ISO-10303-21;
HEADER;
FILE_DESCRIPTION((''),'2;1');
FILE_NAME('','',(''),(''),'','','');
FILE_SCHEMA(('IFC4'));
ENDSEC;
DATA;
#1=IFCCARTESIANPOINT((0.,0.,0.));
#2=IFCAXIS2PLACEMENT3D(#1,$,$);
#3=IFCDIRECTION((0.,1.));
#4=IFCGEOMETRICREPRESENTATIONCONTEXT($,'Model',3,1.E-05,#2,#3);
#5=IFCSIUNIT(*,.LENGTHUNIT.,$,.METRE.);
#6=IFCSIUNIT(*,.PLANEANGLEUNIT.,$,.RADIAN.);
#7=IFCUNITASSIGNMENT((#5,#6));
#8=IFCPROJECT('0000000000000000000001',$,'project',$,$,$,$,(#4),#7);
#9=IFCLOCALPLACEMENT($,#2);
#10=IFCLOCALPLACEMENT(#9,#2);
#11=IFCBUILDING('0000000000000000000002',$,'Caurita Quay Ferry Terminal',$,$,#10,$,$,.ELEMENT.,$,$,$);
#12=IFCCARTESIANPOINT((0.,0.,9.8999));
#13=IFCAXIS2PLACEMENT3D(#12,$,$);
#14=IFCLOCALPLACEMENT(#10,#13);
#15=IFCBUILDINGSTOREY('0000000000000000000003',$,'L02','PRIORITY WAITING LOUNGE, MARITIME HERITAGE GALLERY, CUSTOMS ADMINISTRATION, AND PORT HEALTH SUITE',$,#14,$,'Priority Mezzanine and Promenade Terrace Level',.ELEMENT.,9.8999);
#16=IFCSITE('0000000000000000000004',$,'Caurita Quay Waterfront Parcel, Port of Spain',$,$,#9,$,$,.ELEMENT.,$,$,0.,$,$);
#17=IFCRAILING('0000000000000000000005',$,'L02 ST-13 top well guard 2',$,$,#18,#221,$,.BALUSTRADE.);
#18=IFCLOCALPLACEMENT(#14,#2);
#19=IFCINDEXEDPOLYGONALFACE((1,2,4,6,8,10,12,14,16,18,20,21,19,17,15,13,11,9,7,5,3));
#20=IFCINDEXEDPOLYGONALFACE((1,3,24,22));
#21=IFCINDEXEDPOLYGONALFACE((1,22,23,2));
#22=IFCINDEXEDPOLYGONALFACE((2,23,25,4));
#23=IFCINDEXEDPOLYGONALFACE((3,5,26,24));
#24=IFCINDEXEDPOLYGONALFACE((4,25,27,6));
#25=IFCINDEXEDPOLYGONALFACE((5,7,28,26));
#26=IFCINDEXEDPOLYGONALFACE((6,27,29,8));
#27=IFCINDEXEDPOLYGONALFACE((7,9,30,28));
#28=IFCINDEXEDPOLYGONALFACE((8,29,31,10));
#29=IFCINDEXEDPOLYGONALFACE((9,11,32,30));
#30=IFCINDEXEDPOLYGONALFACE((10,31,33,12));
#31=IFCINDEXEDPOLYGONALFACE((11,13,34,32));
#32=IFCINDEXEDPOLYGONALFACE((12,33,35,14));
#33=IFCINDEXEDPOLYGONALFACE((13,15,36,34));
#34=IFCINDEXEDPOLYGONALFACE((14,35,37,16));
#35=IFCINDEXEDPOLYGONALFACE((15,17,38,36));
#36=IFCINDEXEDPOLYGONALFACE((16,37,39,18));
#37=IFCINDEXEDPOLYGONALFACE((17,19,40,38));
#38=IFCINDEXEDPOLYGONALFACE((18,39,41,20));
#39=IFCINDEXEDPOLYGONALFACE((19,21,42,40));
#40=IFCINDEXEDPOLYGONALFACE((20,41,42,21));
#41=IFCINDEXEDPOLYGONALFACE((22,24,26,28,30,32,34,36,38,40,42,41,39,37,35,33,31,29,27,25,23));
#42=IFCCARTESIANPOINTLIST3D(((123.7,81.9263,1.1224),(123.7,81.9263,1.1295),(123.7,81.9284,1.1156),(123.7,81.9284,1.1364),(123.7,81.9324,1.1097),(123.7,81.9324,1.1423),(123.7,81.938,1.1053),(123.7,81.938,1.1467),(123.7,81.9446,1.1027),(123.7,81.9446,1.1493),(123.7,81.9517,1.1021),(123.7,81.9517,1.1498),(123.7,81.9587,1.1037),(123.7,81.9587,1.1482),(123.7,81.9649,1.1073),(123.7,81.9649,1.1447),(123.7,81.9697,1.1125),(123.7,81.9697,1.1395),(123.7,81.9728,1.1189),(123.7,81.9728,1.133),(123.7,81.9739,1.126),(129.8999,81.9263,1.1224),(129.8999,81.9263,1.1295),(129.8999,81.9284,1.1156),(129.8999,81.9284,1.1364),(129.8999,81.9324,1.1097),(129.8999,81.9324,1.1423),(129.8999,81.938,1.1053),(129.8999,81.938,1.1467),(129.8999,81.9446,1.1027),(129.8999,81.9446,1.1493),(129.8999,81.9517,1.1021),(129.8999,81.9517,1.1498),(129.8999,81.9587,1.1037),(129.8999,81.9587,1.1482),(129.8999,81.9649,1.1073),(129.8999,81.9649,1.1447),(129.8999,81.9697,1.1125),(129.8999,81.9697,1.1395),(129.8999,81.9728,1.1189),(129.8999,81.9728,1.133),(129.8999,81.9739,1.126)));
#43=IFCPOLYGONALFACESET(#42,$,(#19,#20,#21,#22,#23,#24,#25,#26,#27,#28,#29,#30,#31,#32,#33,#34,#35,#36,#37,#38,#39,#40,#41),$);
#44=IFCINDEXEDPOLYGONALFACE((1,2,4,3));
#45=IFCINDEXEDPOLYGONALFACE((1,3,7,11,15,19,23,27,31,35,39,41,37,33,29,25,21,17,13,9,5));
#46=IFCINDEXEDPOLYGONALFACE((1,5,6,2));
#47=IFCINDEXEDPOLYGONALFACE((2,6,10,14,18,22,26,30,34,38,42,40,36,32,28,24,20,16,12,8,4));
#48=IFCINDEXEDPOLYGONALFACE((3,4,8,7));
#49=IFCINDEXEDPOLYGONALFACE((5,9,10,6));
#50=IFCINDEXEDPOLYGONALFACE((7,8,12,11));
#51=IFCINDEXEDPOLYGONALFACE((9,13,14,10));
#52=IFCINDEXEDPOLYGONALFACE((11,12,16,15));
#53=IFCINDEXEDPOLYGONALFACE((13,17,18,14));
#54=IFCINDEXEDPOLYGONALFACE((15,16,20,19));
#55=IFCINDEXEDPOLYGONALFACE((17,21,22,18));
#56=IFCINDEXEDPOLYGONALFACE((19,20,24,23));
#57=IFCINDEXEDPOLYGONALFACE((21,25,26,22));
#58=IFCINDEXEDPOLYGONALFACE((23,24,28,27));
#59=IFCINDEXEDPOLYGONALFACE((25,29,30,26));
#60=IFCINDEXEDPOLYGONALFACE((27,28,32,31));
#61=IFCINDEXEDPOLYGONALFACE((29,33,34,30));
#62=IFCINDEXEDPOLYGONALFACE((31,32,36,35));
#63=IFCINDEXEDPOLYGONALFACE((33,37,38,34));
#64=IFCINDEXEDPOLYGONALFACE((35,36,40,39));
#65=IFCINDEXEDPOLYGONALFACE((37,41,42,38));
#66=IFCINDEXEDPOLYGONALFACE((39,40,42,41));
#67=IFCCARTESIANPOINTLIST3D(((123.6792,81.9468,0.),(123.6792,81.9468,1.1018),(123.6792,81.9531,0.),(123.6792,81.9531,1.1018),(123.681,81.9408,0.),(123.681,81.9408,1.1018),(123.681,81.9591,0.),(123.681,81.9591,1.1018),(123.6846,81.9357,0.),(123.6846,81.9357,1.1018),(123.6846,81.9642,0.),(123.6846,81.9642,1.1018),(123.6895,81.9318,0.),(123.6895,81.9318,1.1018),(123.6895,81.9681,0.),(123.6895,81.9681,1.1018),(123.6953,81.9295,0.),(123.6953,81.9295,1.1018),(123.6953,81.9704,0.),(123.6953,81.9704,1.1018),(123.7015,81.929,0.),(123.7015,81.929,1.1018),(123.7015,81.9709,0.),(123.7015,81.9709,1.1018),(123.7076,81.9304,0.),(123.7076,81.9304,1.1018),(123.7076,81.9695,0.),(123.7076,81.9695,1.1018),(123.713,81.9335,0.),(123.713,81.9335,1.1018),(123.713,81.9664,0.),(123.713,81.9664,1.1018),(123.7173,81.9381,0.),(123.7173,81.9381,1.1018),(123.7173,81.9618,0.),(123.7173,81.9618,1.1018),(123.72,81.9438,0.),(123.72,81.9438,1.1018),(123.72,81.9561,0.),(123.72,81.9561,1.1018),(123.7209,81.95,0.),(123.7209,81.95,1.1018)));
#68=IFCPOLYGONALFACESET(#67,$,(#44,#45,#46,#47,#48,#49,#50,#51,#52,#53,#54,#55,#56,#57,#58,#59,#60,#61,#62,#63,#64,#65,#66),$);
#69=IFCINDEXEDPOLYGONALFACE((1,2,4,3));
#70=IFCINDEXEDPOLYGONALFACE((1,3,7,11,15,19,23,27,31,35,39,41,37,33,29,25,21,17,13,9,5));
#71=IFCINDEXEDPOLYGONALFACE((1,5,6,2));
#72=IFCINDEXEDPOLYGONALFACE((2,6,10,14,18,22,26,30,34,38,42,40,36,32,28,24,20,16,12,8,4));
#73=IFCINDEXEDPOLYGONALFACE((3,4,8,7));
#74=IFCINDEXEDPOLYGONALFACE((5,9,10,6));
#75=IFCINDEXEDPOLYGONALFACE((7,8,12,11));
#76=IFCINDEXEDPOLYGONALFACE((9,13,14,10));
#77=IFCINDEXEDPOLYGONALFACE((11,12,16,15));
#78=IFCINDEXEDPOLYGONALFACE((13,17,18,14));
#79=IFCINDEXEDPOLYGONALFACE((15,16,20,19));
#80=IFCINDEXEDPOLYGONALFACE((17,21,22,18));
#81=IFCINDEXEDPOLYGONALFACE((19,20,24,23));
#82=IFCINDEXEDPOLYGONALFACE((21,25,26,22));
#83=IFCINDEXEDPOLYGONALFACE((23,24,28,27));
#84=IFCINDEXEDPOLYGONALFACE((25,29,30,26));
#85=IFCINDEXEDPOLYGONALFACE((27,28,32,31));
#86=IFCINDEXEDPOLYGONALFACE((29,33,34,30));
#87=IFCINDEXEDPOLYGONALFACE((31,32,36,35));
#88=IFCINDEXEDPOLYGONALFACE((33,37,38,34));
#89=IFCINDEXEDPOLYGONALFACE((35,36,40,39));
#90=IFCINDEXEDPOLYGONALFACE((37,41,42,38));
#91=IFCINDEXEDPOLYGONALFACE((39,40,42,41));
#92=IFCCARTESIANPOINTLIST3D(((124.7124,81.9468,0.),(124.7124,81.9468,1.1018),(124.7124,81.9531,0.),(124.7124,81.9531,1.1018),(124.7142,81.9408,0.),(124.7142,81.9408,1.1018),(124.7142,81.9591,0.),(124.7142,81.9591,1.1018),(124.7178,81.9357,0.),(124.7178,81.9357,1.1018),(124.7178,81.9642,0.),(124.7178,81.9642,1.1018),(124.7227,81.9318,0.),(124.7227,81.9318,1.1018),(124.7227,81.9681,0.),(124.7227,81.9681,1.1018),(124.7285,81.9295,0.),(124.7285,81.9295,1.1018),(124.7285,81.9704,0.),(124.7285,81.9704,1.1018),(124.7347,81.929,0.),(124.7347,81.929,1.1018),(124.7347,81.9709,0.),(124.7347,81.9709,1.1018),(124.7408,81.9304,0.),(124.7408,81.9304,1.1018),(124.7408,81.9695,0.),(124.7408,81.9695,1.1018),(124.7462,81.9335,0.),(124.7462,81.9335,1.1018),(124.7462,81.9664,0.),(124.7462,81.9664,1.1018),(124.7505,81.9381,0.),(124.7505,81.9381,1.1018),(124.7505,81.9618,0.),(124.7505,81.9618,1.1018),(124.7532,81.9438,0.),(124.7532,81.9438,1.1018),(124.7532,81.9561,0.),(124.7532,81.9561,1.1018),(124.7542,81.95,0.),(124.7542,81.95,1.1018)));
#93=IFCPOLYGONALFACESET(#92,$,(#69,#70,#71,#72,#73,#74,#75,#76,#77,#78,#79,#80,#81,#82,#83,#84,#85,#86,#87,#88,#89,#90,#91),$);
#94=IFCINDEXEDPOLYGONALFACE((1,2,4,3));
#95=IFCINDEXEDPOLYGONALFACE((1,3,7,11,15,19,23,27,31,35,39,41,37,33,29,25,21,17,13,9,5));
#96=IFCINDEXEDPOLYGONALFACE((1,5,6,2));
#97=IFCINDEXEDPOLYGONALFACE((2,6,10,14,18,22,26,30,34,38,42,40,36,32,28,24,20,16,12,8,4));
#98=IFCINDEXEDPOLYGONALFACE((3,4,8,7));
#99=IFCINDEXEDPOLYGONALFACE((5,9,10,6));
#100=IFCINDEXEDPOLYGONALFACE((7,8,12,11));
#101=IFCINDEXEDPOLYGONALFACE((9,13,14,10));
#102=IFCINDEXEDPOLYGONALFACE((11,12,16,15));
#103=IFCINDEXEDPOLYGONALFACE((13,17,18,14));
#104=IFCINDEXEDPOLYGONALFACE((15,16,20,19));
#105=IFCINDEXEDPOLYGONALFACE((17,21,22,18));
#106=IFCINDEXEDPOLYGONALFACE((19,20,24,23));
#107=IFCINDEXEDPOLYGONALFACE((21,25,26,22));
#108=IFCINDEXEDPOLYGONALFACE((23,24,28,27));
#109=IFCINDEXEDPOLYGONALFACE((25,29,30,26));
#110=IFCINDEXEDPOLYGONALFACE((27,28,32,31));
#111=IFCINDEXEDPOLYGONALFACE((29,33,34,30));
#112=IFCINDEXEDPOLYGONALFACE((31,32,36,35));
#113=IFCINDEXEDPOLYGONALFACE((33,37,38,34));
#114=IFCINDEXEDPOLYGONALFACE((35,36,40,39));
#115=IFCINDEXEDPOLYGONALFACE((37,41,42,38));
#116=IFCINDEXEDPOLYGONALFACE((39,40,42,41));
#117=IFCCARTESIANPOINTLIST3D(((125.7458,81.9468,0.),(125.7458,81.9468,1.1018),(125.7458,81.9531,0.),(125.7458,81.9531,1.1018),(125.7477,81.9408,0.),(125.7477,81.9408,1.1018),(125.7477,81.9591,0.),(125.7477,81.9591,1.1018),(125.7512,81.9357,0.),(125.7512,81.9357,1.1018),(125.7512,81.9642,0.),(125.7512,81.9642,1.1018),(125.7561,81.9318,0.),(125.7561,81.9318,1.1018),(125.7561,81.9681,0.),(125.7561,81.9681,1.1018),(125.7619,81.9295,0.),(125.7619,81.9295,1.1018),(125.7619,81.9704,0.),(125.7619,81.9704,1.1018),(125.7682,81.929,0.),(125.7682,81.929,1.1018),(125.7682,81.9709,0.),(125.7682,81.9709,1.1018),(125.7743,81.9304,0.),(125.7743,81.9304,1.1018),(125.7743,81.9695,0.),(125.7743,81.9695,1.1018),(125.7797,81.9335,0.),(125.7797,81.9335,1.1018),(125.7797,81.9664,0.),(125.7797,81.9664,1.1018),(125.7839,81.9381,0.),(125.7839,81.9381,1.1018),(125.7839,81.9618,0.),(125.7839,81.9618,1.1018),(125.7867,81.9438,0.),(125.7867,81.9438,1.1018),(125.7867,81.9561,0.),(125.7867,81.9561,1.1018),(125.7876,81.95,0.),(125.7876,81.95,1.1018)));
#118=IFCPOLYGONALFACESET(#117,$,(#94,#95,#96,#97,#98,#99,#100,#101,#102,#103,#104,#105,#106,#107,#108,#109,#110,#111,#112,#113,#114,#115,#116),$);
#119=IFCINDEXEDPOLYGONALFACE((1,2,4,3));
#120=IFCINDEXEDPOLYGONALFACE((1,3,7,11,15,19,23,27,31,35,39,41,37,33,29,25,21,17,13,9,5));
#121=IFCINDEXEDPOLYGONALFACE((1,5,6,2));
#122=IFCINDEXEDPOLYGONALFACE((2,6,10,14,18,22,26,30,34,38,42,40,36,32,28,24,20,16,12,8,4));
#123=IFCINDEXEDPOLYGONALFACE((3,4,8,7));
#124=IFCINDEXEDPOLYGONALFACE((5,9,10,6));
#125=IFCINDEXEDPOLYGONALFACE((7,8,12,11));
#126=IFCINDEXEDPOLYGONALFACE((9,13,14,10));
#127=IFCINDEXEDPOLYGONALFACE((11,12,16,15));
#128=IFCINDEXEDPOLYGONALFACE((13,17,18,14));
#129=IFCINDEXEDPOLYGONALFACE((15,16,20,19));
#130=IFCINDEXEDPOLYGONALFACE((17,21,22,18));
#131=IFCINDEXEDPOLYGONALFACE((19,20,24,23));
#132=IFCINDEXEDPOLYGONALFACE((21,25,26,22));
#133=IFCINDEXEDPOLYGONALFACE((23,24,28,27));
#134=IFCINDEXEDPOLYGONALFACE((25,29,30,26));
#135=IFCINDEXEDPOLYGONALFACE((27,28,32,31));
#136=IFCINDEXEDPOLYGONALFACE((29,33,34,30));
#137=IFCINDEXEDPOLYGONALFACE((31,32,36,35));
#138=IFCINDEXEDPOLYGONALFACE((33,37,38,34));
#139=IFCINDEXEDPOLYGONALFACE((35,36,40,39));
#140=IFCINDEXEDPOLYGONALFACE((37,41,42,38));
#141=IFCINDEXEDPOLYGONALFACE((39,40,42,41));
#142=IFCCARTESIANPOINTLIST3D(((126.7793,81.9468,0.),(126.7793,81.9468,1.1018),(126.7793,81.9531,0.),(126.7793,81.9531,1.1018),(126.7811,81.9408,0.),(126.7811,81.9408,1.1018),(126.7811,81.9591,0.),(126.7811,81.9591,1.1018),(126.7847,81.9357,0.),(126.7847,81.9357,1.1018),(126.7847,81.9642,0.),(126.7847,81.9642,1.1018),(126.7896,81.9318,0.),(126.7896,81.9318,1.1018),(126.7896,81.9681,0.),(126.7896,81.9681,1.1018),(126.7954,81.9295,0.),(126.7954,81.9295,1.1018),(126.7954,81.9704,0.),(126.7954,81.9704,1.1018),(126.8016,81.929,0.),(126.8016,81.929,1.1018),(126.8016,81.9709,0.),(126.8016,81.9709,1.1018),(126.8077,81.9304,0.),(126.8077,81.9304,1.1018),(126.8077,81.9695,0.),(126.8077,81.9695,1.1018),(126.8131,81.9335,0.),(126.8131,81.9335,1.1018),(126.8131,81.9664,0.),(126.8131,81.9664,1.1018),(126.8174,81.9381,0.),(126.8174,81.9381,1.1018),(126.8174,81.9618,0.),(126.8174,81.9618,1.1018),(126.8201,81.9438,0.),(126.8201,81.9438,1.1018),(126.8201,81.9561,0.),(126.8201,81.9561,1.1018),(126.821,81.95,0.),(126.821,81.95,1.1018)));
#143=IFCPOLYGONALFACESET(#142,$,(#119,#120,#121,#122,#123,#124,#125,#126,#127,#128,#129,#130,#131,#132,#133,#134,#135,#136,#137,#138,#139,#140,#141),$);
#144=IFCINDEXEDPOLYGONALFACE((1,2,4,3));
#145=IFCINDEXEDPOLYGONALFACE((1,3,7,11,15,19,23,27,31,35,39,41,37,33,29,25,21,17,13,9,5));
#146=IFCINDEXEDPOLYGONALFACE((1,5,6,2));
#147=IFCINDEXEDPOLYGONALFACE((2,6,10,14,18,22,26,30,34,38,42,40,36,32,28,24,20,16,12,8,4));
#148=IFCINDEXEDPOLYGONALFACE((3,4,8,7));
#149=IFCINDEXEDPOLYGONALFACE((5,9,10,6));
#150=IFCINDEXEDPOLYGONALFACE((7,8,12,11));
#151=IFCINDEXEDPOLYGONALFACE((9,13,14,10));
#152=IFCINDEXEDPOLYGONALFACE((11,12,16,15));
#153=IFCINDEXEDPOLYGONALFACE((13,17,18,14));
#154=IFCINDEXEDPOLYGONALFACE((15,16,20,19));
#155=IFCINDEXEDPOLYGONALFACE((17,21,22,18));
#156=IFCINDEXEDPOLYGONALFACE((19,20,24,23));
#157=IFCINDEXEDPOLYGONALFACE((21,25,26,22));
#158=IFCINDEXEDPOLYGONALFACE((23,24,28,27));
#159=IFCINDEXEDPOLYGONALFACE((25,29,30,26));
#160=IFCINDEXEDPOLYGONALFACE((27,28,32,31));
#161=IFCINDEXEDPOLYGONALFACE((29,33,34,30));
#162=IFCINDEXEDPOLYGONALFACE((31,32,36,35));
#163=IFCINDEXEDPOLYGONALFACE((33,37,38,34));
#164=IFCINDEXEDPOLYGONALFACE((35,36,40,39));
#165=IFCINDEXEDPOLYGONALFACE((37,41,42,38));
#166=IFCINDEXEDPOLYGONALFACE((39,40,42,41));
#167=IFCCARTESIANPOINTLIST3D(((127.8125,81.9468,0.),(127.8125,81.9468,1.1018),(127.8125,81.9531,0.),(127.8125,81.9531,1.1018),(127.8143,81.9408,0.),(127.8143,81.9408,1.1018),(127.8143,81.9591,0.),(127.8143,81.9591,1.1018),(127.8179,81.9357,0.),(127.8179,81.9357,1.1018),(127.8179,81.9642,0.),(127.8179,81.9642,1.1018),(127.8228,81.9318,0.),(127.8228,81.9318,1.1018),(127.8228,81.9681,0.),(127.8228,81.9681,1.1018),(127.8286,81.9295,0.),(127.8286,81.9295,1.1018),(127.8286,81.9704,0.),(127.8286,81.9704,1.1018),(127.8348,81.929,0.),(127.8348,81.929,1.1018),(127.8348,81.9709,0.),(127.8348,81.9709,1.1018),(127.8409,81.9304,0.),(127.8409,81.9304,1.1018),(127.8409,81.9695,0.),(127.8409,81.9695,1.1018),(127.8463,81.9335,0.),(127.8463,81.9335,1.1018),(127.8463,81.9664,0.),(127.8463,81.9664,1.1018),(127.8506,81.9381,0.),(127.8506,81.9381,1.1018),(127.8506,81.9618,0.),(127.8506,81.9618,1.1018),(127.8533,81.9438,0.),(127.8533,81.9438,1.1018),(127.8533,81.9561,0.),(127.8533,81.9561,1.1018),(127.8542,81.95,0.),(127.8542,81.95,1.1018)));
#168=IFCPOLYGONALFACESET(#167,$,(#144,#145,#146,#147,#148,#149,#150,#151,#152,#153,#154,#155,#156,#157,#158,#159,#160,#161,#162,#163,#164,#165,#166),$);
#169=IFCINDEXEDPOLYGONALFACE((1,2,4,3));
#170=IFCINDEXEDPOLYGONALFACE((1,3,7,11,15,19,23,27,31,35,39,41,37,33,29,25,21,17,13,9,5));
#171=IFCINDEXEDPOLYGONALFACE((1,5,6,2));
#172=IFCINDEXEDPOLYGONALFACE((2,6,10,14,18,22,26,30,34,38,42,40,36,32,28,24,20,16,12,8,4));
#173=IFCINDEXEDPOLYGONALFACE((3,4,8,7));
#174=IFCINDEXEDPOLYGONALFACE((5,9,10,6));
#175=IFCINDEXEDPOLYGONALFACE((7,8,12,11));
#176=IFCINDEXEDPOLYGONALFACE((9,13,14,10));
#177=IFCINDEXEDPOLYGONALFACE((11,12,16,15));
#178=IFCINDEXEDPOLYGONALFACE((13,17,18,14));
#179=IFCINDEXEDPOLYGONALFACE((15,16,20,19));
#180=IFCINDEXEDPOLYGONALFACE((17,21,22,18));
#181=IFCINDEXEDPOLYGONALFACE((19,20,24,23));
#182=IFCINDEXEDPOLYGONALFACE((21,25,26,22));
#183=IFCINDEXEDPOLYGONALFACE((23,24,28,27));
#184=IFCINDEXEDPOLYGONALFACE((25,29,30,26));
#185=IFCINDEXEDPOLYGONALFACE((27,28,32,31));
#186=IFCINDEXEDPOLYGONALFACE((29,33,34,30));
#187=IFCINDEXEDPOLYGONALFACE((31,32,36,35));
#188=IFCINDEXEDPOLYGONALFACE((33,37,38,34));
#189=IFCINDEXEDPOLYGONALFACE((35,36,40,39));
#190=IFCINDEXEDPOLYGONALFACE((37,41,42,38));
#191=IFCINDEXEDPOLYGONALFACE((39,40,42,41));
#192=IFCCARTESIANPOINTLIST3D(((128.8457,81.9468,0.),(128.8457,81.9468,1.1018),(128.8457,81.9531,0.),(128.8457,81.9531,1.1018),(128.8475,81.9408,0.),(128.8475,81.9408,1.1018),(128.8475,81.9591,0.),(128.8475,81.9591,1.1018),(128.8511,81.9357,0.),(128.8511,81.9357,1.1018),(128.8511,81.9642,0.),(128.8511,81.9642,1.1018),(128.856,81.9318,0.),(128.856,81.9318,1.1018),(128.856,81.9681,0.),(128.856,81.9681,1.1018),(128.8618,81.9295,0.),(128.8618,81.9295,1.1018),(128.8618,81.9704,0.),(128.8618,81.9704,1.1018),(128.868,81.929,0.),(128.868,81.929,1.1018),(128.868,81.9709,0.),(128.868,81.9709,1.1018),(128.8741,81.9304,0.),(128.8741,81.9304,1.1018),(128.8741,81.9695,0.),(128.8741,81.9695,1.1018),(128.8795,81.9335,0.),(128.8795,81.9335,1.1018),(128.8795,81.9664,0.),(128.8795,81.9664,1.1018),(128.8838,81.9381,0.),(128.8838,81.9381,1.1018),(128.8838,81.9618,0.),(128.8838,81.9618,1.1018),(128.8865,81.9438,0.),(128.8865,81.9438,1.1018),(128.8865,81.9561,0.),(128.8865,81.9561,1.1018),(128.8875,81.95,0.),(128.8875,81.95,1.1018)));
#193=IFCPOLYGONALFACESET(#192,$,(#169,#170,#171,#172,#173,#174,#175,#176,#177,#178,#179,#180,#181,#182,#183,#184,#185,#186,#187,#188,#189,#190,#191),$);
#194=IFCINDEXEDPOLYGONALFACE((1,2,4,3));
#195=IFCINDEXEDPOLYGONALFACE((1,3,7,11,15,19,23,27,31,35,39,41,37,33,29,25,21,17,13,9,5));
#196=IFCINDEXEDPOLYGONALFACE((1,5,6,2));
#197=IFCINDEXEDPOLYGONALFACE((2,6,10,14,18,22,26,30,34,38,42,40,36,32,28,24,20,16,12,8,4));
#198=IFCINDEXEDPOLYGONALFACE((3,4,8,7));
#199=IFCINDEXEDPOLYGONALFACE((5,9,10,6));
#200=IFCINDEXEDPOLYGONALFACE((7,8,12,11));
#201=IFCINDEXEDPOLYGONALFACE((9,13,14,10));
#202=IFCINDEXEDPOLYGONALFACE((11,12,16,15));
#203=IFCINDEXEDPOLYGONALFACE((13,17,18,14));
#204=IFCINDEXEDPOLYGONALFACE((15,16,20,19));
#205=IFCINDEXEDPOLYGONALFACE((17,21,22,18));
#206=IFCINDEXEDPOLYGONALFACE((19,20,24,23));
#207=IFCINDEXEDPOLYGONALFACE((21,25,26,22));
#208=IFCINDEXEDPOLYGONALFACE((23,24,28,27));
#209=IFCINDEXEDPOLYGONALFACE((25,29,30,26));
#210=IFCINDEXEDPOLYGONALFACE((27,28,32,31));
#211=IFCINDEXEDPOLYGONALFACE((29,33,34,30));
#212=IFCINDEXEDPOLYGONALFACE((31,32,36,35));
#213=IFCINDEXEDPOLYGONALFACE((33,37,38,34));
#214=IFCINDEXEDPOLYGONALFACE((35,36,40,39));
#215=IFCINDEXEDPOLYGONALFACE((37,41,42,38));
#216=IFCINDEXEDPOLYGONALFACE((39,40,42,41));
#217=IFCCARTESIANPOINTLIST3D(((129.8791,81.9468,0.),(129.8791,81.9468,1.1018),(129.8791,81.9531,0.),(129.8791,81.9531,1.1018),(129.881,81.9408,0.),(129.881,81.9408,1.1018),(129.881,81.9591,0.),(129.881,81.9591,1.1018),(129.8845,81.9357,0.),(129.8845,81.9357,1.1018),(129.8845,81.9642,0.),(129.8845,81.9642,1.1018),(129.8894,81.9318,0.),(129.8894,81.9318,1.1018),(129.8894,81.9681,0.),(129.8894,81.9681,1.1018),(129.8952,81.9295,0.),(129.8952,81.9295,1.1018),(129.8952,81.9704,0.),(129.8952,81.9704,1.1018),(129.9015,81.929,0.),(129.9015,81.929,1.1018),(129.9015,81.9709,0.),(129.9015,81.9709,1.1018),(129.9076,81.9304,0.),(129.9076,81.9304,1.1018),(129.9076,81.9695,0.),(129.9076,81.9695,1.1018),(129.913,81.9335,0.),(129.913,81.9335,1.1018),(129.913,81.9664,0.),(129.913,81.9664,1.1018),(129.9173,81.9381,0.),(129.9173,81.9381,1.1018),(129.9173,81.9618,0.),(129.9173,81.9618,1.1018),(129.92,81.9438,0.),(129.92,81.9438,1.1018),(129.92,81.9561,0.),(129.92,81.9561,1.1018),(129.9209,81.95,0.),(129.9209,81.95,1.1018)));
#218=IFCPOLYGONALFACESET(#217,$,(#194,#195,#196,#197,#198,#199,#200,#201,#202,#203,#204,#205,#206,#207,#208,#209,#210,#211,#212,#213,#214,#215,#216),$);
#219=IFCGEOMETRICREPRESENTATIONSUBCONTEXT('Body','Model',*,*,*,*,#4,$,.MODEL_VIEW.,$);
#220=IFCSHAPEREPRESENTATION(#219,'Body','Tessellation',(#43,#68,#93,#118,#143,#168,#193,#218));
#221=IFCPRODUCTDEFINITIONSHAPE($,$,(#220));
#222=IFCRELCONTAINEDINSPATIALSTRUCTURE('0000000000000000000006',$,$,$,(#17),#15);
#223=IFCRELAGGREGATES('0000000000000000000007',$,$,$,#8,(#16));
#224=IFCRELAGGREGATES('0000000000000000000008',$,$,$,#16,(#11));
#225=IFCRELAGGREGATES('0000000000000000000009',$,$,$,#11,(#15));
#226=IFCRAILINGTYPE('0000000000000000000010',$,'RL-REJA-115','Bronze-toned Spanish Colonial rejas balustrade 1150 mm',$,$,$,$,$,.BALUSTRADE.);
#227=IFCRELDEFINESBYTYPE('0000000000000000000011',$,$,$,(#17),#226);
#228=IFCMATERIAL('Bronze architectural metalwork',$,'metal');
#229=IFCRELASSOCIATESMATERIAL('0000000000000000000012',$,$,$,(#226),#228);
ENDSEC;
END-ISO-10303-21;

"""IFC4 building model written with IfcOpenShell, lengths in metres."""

from ifc_helpers import new_model, si_unit, direction, frame, origin, origin_2d, place, context, subcontext, project, spatial, circle, extrude, material, type_object, element, save


model = new_model("IFC4")

# Units and contexts
model_context = context("Model", 3, precision=1e-05, world=origin(), true_north=direction((0.0, 1.0)))
body_context = subcontext(model_context, "Body", "Model", "MODEL_VIEW")
ifc_project = project(units=[si_unit("LENGTHUNIT", "METRE"), si_unit("PLANEANGLEUNIT", "RADIAN")], contexts=[model_context])

# Site, building, storey
site_placement = place(None, origin())
site = spatial("IfcSite", under=ifc_project, at=site_placement, Name="Caurita Quay Waterfront Parcel, Port of Spain", CompositionType="ELEMENT", RefElevation=0.0)
building_placement = place(site_placement, origin())
building = spatial("IfcBuilding", under=site, at=building_placement, Name="Caurita Quay Ferry Terminal", CompositionType="ELEMENT")
storey_placement = place(building_placement, frame((0.0, 0.0, 9.8999)))
storey = spatial("IfcBuildingStorey", under=building, at=storey_placement, Name="L02", Description="PRIORITY WAITING LOUNGE, MARITIME HERITAGE GALLERY, CUSTOMS ADMINISTRATION, AND PORT HEALTH SUITE", LongName="Priority Mezzanine and Promenade Terrace Level", CompositionType="ELEMENT", Elevation=9.8999)

# Railing
ifc_material_1 = material(Name="Bronze architectural metalwork", Category="metal")
railing_type = type_object("IfcRailingType", Name="RL-REJA-115", Description="Bronze-toned Spanish Colonial rejas balustrade 1150 mm", PredefinedType="BALUSTRADE", material=ifc_material_1)
railing_1_placement = place(storey_placement, frame((123.7, 81.95, 0.0)))
element("IfcRailing", 1, at=railing_1_placement, inside=storey, type_object=railing_type, Name="L02 ST-13 top well guard 2", PredefinedType="BALUSTRADE", context=body_context, shape_type="SweptSolid", body=[
    extrude(circle(Radius=0.0239, at=origin_2d()), frame((0.0, 0.0, 1.126), z_axis=(1.0, 0.0, 0.0), x_axis=(0.0, 1.0, 0.0)), (0.0, 0.0, 1.0), 6.2),
    extrude(circle(Radius=0.021, at=origin_2d()), origin(), (0.0, 0.0, 1.0), 1.1018),
    extrude(circle(Radius=0.021, at=origin_2d()), frame((1.0332, 0.0, 0.0)), (0.0, 0.0, 1.0), 1.1018),
    extrude(circle(Radius=0.021, at=origin_2d()), frame((2.0667, 0.0, 0.0)), (0.0, 0.0, 1.0), 1.1018),
    extrude(circle(Radius=0.021, at=origin_2d()), frame((3.1001, 0.0, 0.0)), (0.0, 0.0, 1.0), 1.1018),
    extrude(circle(Radius=0.021, at=origin_2d()), frame((4.1333, 0.0, 0.0)), (0.0, 0.0, 1.0), 1.1018),
    extrude(circle(Radius=0.021, at=origin_2d()), frame((5.1665, 0.0, 0.0)), (0.0, 0.0, 1.0), 1.1018),
    extrude(circle(Radius=0.021, at=origin_2d()), frame((6.2, 0.0, 0.0)), (0.0, 0.0, 1.0), 1.1018),
])

save(model, "model.ifc")
